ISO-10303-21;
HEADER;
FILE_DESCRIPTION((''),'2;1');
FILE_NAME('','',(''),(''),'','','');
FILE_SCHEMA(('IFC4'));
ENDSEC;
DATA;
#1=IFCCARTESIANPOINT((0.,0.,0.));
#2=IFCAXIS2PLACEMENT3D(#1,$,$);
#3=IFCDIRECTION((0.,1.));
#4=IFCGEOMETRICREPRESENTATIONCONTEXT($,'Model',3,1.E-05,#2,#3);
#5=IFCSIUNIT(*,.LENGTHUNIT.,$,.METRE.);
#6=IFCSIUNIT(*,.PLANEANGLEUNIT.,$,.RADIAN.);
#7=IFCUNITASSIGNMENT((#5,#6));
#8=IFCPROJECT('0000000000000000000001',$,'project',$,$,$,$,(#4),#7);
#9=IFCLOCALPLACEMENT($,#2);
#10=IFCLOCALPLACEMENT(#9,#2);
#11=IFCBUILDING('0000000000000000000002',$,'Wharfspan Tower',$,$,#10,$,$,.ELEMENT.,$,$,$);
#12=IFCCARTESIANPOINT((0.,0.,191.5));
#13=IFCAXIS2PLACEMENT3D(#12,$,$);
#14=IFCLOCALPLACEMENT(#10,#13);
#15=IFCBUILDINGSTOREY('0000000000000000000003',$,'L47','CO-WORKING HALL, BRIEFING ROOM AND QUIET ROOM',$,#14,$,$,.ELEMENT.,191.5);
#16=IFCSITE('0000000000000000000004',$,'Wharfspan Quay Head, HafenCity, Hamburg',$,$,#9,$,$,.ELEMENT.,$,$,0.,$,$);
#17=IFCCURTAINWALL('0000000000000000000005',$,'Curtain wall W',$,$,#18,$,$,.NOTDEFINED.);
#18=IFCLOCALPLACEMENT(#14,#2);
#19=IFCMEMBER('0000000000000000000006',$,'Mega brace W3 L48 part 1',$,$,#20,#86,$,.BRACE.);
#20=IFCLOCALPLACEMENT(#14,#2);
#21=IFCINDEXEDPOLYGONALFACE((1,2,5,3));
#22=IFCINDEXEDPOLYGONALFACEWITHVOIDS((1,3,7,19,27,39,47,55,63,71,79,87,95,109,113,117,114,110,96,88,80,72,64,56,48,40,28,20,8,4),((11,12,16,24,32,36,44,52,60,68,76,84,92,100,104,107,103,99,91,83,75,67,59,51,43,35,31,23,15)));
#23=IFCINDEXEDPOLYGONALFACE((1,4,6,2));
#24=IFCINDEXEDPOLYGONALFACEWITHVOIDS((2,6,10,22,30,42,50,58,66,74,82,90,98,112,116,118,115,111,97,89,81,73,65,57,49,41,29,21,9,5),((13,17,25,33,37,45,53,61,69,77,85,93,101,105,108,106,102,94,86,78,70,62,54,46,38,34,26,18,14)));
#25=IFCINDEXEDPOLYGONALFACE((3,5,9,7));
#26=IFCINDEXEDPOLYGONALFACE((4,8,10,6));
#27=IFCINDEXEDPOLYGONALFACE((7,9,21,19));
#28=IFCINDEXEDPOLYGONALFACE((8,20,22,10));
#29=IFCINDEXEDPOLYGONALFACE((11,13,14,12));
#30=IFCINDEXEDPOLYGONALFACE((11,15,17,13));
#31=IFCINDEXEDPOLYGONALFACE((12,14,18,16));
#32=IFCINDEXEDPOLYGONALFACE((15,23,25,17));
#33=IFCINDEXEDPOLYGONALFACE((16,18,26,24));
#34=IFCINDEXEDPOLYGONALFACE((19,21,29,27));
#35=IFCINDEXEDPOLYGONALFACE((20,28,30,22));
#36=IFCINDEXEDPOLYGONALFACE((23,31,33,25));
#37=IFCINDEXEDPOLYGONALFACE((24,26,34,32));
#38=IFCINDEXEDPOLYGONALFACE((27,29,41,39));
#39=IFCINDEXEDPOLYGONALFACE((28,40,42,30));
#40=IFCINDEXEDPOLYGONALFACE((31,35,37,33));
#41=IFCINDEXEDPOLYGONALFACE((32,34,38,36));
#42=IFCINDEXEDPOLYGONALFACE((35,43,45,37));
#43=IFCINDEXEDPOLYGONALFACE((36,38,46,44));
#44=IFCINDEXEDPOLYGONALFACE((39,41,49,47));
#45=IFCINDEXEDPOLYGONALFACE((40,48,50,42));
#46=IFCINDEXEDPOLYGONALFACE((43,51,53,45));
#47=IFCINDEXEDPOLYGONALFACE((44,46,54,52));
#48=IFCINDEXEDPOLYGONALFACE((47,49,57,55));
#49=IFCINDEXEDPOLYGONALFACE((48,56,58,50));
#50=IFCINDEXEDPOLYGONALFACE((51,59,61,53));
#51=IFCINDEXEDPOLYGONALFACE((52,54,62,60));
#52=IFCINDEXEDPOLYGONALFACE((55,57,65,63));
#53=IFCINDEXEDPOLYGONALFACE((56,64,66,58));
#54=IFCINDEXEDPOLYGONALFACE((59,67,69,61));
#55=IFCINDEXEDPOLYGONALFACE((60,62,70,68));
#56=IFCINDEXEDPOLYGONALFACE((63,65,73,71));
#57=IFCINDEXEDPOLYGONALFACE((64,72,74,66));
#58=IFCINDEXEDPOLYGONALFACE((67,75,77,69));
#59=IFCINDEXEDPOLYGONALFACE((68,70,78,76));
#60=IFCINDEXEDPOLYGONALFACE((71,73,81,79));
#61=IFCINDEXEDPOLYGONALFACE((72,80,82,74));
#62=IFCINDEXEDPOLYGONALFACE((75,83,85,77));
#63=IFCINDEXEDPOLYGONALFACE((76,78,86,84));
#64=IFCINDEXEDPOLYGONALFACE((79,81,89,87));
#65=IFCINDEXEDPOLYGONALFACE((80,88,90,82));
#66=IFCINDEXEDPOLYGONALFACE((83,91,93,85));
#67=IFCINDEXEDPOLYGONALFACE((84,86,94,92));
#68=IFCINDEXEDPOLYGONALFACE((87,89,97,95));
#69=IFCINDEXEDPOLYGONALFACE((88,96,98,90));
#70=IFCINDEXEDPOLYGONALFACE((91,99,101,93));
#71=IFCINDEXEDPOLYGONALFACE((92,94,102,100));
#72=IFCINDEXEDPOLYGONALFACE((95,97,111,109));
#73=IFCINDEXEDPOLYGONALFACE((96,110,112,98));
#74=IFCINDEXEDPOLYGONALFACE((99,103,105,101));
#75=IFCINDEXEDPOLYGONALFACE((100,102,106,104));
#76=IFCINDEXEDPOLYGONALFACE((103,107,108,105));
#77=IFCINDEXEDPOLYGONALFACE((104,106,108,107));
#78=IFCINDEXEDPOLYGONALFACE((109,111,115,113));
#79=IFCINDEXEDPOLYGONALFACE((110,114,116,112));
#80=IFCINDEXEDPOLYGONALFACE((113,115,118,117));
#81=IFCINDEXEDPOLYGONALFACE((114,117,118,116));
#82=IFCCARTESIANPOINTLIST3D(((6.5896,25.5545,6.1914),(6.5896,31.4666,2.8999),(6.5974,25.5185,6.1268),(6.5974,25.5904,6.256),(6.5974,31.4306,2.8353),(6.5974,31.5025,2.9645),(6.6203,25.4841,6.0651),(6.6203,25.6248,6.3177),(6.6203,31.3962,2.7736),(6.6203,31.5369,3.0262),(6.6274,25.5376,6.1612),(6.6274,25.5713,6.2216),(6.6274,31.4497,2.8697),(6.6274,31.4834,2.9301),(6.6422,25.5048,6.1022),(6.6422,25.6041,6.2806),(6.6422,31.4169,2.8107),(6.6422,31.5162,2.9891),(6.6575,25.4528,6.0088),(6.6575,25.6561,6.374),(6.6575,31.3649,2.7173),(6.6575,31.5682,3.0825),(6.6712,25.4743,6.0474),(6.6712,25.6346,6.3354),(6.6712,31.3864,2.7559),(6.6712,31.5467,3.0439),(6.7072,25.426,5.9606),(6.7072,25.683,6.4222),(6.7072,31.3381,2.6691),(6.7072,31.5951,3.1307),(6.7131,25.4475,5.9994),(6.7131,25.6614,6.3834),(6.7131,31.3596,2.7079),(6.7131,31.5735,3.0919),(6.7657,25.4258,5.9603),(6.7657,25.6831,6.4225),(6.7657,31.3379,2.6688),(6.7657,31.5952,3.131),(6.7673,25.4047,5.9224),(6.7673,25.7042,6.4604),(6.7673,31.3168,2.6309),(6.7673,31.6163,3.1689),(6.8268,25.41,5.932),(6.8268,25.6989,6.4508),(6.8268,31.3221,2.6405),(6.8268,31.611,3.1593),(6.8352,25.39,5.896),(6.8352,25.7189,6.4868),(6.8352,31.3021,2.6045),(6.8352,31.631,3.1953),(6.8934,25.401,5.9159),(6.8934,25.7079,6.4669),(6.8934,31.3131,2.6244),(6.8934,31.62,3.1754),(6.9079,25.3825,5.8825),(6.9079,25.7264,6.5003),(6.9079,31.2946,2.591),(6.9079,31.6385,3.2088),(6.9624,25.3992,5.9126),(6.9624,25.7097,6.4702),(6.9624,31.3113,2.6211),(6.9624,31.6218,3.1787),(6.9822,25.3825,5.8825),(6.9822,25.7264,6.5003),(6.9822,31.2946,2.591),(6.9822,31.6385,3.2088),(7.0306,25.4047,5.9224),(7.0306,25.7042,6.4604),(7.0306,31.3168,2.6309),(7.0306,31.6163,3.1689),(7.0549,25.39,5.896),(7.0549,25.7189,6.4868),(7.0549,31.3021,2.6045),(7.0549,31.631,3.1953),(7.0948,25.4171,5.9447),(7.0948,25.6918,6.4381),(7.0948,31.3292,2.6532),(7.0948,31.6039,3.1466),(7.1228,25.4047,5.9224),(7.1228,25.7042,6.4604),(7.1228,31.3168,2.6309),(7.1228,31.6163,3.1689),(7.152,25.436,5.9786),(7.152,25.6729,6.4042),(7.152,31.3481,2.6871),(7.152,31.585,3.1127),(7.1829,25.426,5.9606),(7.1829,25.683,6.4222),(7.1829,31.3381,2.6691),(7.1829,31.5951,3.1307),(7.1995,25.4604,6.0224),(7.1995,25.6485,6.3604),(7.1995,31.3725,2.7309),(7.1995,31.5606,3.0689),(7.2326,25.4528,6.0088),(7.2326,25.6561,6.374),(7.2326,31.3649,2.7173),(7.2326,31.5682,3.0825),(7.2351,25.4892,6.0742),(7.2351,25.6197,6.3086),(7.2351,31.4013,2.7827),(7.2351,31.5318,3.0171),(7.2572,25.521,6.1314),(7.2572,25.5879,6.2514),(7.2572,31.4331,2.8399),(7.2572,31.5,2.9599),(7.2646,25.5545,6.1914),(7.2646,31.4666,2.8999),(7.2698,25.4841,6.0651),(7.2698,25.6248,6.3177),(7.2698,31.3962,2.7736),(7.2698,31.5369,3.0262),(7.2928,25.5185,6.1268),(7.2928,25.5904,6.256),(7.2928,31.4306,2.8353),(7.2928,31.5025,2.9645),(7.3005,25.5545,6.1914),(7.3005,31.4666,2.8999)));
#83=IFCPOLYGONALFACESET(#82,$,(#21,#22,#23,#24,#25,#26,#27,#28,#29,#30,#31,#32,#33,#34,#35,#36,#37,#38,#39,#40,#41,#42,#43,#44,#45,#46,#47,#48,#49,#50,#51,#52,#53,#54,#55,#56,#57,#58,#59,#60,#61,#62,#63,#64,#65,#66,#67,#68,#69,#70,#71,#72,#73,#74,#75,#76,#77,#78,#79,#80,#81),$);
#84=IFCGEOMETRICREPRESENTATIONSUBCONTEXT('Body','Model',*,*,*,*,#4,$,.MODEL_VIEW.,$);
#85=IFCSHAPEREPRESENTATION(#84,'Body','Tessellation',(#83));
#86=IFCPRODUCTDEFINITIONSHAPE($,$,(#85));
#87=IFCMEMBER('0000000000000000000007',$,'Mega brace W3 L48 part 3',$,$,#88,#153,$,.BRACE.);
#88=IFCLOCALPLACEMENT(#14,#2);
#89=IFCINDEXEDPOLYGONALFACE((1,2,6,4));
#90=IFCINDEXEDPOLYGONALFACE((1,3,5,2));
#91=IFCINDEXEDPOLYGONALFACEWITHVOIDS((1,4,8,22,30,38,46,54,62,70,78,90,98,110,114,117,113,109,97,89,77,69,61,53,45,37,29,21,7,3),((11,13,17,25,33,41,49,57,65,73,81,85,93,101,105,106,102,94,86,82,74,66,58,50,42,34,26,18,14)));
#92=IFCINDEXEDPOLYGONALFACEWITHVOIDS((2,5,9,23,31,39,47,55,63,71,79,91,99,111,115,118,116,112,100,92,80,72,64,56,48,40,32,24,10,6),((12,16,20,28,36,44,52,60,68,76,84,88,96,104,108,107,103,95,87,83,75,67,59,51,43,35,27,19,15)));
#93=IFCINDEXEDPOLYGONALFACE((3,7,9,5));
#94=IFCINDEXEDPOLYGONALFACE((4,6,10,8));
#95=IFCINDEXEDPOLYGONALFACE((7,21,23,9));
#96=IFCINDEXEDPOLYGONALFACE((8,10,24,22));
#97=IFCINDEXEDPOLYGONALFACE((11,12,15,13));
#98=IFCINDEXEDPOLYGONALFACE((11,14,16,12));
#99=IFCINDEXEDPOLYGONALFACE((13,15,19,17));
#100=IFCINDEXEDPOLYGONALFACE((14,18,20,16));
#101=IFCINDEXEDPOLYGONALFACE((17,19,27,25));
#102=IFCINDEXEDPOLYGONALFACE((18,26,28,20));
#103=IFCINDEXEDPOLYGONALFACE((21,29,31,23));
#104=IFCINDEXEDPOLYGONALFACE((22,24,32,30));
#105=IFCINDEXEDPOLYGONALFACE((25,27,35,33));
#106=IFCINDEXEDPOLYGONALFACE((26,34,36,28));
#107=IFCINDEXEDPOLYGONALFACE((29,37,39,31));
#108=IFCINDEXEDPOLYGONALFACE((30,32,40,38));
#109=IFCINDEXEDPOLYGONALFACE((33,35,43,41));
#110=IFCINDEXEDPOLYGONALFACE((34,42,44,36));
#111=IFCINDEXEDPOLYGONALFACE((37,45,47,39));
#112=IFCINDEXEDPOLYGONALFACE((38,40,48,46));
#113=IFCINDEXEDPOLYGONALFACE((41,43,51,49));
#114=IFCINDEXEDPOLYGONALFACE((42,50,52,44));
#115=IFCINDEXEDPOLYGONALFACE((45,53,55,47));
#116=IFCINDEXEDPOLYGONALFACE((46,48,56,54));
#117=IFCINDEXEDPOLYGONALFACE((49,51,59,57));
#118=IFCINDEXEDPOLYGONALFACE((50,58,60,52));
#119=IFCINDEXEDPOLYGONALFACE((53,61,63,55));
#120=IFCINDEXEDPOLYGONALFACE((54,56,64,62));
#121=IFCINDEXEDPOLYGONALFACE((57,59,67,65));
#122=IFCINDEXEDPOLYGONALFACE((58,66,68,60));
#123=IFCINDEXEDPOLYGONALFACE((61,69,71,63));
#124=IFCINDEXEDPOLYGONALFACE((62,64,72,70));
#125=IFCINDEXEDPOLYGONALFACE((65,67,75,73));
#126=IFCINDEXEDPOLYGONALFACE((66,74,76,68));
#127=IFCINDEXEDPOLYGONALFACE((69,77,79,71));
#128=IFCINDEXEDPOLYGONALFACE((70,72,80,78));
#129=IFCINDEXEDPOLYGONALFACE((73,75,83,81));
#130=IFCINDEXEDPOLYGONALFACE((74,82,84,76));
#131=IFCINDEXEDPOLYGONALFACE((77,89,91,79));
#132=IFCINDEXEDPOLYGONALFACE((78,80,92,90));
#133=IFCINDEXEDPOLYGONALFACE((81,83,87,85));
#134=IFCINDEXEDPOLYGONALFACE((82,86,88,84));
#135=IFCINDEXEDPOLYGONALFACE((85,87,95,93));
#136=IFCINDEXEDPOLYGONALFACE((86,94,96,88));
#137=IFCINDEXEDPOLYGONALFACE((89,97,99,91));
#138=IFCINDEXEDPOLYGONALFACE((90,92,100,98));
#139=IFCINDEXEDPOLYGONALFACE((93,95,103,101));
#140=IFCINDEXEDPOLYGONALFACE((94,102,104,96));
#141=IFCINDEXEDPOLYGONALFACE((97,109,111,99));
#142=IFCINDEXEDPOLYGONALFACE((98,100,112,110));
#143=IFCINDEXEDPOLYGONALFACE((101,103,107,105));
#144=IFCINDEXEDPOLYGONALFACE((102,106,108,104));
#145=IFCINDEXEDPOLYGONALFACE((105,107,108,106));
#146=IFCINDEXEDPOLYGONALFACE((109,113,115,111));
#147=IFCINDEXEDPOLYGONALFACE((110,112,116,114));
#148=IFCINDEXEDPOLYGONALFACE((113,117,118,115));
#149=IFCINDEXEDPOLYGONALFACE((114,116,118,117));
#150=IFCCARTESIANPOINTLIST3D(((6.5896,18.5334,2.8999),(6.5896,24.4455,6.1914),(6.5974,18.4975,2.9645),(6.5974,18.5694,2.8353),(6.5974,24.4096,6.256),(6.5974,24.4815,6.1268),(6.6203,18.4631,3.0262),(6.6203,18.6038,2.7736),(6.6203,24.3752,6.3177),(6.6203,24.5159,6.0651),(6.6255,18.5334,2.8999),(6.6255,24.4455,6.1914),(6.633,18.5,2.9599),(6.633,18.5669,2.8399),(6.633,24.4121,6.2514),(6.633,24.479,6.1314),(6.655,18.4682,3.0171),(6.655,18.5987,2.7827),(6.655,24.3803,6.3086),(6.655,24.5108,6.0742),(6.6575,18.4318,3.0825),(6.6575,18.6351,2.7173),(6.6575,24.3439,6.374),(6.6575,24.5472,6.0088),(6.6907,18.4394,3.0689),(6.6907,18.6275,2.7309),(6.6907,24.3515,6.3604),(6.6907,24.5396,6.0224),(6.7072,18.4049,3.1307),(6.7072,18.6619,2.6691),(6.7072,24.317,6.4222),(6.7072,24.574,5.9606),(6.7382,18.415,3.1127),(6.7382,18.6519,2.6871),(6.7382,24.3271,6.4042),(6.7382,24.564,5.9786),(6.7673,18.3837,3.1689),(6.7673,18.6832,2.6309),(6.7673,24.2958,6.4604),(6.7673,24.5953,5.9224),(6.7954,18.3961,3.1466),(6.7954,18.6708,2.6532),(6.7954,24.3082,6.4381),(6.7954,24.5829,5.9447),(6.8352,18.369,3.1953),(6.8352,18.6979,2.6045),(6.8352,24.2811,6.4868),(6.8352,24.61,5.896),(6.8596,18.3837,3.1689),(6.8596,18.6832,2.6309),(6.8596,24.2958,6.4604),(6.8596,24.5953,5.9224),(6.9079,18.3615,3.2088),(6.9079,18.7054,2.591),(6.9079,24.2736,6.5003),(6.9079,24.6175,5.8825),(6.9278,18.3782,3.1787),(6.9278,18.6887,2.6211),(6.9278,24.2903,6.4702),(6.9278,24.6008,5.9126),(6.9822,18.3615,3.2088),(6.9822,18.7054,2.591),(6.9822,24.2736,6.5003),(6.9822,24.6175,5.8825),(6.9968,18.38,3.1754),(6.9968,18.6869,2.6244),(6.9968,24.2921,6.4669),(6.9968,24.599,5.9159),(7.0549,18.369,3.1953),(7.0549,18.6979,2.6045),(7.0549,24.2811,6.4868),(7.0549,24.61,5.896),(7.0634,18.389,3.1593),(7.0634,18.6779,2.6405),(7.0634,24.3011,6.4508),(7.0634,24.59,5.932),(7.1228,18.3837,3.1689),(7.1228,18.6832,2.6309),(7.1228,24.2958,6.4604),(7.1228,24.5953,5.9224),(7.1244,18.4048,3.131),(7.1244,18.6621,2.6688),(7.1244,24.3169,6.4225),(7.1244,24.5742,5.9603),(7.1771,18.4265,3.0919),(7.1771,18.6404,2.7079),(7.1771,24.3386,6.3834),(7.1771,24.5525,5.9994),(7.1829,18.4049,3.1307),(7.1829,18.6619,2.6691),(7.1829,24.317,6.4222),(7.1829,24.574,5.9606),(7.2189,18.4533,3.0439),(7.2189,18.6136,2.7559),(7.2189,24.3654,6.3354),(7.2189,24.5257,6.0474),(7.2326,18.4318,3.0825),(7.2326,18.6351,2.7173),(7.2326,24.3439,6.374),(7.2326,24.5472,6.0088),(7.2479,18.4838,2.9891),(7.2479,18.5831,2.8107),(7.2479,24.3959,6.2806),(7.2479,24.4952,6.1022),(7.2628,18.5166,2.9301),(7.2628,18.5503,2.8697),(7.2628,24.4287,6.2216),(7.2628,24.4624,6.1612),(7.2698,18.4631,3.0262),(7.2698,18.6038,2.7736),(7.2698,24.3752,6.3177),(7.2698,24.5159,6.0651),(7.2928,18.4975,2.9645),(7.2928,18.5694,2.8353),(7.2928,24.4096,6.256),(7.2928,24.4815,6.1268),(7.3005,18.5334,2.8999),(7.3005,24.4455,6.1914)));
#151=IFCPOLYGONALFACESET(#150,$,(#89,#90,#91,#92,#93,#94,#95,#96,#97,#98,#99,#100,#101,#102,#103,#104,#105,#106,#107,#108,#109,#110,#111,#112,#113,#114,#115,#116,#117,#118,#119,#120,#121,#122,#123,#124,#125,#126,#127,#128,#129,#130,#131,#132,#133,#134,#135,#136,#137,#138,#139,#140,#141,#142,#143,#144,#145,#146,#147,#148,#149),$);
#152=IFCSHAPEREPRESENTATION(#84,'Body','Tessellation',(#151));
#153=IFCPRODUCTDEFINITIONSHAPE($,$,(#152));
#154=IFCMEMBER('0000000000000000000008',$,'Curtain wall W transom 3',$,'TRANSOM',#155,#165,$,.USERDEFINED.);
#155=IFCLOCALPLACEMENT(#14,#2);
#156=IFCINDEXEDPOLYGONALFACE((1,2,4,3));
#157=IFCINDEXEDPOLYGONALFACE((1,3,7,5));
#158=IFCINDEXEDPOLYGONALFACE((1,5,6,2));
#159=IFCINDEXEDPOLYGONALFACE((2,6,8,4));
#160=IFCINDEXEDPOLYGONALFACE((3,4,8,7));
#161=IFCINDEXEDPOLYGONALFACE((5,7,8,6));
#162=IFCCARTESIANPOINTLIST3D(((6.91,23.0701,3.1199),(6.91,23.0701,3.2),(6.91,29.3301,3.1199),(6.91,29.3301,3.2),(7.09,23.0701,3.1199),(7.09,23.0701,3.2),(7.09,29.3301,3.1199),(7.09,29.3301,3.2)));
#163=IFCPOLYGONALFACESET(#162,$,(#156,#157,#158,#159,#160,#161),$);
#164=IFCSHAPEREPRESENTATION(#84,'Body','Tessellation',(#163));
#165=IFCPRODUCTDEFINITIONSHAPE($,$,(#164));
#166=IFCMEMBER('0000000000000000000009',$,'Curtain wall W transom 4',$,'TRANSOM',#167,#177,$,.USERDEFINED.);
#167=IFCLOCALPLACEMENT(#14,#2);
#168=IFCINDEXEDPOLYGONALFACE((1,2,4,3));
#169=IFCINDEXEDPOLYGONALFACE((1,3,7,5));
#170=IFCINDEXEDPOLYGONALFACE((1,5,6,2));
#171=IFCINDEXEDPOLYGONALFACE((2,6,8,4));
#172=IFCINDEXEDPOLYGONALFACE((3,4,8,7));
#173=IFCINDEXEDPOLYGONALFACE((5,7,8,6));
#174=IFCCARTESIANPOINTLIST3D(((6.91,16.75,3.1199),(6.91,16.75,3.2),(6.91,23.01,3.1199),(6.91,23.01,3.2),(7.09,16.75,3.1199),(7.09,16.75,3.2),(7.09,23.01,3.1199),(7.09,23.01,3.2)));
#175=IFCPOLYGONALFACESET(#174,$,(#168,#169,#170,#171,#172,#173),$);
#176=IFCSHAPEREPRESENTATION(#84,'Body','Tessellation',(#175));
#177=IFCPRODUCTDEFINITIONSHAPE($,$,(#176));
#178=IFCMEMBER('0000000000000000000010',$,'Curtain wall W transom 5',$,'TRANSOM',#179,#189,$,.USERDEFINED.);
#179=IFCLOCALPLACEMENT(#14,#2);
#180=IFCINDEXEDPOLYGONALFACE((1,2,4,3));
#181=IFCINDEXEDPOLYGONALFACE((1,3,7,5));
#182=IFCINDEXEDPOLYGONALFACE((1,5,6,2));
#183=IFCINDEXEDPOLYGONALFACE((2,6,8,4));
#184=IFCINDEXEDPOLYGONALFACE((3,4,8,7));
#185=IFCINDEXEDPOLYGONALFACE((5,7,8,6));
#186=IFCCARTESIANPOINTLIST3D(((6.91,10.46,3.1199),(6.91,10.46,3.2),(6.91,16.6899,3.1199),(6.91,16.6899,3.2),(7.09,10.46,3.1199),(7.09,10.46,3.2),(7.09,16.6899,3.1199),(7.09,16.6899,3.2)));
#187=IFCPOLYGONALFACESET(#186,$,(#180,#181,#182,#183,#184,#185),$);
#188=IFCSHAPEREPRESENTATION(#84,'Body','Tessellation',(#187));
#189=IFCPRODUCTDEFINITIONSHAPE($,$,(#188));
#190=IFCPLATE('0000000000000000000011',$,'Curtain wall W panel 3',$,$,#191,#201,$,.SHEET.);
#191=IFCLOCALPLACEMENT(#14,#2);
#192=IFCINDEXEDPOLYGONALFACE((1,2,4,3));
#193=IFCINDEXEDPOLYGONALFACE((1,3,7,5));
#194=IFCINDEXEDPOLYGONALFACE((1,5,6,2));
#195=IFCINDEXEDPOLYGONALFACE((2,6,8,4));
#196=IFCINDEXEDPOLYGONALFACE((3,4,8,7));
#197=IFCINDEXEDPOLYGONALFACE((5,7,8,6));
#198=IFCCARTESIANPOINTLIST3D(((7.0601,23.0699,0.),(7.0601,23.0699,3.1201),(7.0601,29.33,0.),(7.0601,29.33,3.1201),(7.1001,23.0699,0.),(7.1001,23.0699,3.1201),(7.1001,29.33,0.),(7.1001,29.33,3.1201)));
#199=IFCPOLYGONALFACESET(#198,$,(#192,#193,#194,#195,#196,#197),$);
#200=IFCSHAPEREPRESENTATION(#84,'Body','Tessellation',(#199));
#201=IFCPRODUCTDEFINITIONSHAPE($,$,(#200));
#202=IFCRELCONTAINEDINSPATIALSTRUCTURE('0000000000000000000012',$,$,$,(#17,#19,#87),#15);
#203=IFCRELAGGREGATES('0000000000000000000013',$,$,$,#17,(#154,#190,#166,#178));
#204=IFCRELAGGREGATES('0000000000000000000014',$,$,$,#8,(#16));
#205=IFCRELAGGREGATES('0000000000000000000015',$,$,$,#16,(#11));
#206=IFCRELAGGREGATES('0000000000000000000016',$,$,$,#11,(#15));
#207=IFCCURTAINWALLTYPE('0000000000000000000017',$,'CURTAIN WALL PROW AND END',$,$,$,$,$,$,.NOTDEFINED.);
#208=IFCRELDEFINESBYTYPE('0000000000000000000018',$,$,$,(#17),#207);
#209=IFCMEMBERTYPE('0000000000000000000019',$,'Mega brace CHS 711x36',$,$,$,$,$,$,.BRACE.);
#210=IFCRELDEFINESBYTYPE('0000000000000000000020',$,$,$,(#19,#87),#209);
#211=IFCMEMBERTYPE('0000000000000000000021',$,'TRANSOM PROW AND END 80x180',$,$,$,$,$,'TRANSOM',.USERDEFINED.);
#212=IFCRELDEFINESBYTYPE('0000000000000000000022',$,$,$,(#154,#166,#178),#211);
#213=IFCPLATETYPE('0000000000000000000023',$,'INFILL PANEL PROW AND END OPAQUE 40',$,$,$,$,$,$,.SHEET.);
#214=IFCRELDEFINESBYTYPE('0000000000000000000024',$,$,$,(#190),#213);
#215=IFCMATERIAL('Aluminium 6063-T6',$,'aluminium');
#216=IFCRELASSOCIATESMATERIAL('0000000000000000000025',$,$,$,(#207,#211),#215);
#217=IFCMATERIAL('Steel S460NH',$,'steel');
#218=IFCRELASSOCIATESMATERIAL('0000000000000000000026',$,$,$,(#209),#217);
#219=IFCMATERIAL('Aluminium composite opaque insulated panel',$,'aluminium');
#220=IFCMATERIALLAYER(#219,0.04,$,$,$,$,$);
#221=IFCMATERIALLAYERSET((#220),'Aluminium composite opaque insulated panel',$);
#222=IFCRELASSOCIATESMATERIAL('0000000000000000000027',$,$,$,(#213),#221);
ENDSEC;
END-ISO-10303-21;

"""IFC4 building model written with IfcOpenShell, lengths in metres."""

from ifc_helpers import new_model, si_unit, direction, frame, origin, origin_2d, place, context, subcontext, project, spatial, rectangle, hollow_circle, extrude, material, layer, layer_set, material_profile, profile_set, type_object, element, aggregate, save


model = new_model("IFC4")

# Units and contexts
model_context = context("Model", 3, precision=1e-05, world=origin(), true_north=direction((0.0, 1.0)))
body_context = subcontext(model_context, "Body", "Model", "MODEL_VIEW")
ifc_project = project(units=[si_unit("LENGTHUNIT", "METRE"), si_unit("PLANEANGLEUNIT", "RADIAN")], contexts=[model_context])

# Site, building, storey
site_placement = place(None, origin())
site = spatial("IfcSite", under=ifc_project, at=site_placement, Name="Wharfspan Quay Head, HafenCity, Hamburg", CompositionType="ELEMENT", RefElevation=0.0)
building_placement = place(site_placement, origin())
building = spatial("IfcBuilding", under=site, at=building_placement, Name="Wharfspan Tower", CompositionType="ELEMENT")
storey_placement = place(building_placement, frame((0.0, 0.0, 191.5)))
storey = spatial("IfcBuildingStorey", under=building, at=storey_placement, Name="L47", Description="CO-WORKING HALL, BRIEFING ROOM AND QUIET ROOM", CompositionType="ELEMENT", Elevation=191.5)

# Curtain wall
ifc_material_1 = material(Name="Aluminium 6063-T6", Category="aluminium")
curtain_wall_type = type_object("IfcCurtainWallType", Name="CURTAIN WALL PROW AND END", PredefinedType="NOTDEFINED", material=ifc_material_1)
curtain_wall_placement = place(storey_placement, origin())
curtain_wall = element("IfcCurtainWall", 1, at=curtain_wall_placement, inside=storey, type_object=curtain_wall_type, Name="Curtain wall W", PredefinedType="NOTDEFINED")

# Members
ifc_material_2 = material(Name="Steel S460NH", Category="steel")
ifc_material_profile_1 = material_profile(ifc_material_2, hollow_circle(Radius=0.3555, WallThickness=0.0359, at=origin_2d()))
ifc_profile_set_1 = profile_set([ifc_material_profile_1], Name="Steel S460NH")
member_type_1 = type_object("IfcMemberType", Name="Mega brace CHS 711x36", PredefinedType="BRACE", material=ifc_profile_set_1)
for number, where, z_axis, x_axis, name in (
    (2, (6.9451, 31.4666, 2.8999), (0.0, -0.873718, 0.486433), (1.0, 0.0, 0.0), "Mega brace W3 L48 part 1"),
    (3, (6.9451, 18.5334, 2.8999), (0.0, 0.873718, 0.486433), (-1.0, 0.0, 0.0), "Mega brace W3 L48 part 3"),
):
    element("IfcMember", number, at=place(storey_placement, frame(where, z_axis=z_axis, x_axis=x_axis)), inside=storey, type_object=member_type_1, Name=name, PredefinedType="BRACE", context=body_context, shape_type="SweptSolid", body=[
        extrude(hollow_circle(Radius=0.3555, WallThickness=0.0359, at=origin_2d()), origin(), (0.0, 0.0, 1.0), 6.7666),
    ])

# Members
ifc_material_profile_2 = material_profile(ifc_material_1, rectangle(XDim=0.1799, YDim=0.0801, at=origin_2d()))
ifc_profile_set_2 = profile_set([ifc_material_profile_2], Name="Aluminium 6063-T6")
member_type_2 = type_object("IfcMemberType", Name="TRANSOM PROW AND END 80x180", ElementType="TRANSOM", PredefinedType="USERDEFINED", material=ifc_profile_set_2)
member_1_placement = place(storey_placement, frame((7.0, 29.3301, 3.1599), z_axis=(0.0, -1.0, 0.0), x_axis=(1.0, 0.0, 0.0)))
member_1 = element("IfcMember", 4, at=member_1_placement, type_object=member_type_2, Name="Curtain wall W transom 3", ObjectType="TRANSOM", PredefinedType="USERDEFINED", context=body_context, shape_type="SweptSolid", body=[
    extrude(rectangle(XDim=0.1799, YDim=0.0801, at=origin_2d()), origin(), (0.0, 0.0, 1.0), 6.26),
])
member_2_placement = place(storey_placement, frame((7.0, 23.01, 3.1599), z_axis=(0.0, -1.0, 0.0), x_axis=(1.0, 0.0, 0.0)))
member_2 = element("IfcMember", 5, at=member_2_placement, type_object=member_type_2, Name="Curtain wall W transom 4", ObjectType="TRANSOM", PredefinedType="USERDEFINED", context=body_context, shape_type="SweptSolid", body=[
    extrude(rectangle(XDim=0.1799, YDim=0.0801, at=origin_2d()), origin(), (0.0, 0.0, 1.0), 6.26),
])
member_3_placement = place(storey_placement, frame((7.0, 16.6899, 3.1599), z_axis=(0.0, -1.0, 0.0), x_axis=(1.0, 0.0, 0.0)))
member_3 = element("IfcMember", 6, at=member_3_placement, type_object=member_type_2, Name="Curtain wall W transom 5", ObjectType="TRANSOM", PredefinedType="USERDEFINED", context=body_context, shape_type="SweptSolid", body=[
    extrude(rectangle(XDim=0.1799, YDim=0.0801, at=origin_2d()), origin(), (0.0, 0.0, 1.0), 6.23),
])

# Plate
ifc_material_3 = material(Name="Aluminium composite opaque insulated panel", Category="aluminium")
ifc_layer_1 = layer(ifc_material_3, 0.04)
ifc_layer_set_1 = layer_set([ifc_layer_1], Name="Aluminium composite opaque insulated panel")
plate_type = type_object("IfcPlateType", Name="INFILL PANEL PROW AND END OPAQUE 40", PredefinedType="SHEET", material=ifc_layer_set_1)
plate_1_placement = place(storey_placement, frame((7.0801, 26.2, 0.0), z_axis=(0.0, 0.0, 1.0), x_axis=(0.0, -1.0, 0.0)))
plate_1 = element("IfcPlate", 7, at=plate_1_placement, type_object=plate_type, Name="Curtain wall W panel 3", PredefinedType="SHEET", context=body_context, shape_type="SweptSolid", body=[
    extrude(rectangle(XDim=6.26, YDim=0.04, at=origin_2d()), origin(), (0.0, 0.0, 1.0), 3.1201),
])
aggregate(curtain_wall, [member_1, plate_1, member_2, member_3])

save(model, "model.ifc")
